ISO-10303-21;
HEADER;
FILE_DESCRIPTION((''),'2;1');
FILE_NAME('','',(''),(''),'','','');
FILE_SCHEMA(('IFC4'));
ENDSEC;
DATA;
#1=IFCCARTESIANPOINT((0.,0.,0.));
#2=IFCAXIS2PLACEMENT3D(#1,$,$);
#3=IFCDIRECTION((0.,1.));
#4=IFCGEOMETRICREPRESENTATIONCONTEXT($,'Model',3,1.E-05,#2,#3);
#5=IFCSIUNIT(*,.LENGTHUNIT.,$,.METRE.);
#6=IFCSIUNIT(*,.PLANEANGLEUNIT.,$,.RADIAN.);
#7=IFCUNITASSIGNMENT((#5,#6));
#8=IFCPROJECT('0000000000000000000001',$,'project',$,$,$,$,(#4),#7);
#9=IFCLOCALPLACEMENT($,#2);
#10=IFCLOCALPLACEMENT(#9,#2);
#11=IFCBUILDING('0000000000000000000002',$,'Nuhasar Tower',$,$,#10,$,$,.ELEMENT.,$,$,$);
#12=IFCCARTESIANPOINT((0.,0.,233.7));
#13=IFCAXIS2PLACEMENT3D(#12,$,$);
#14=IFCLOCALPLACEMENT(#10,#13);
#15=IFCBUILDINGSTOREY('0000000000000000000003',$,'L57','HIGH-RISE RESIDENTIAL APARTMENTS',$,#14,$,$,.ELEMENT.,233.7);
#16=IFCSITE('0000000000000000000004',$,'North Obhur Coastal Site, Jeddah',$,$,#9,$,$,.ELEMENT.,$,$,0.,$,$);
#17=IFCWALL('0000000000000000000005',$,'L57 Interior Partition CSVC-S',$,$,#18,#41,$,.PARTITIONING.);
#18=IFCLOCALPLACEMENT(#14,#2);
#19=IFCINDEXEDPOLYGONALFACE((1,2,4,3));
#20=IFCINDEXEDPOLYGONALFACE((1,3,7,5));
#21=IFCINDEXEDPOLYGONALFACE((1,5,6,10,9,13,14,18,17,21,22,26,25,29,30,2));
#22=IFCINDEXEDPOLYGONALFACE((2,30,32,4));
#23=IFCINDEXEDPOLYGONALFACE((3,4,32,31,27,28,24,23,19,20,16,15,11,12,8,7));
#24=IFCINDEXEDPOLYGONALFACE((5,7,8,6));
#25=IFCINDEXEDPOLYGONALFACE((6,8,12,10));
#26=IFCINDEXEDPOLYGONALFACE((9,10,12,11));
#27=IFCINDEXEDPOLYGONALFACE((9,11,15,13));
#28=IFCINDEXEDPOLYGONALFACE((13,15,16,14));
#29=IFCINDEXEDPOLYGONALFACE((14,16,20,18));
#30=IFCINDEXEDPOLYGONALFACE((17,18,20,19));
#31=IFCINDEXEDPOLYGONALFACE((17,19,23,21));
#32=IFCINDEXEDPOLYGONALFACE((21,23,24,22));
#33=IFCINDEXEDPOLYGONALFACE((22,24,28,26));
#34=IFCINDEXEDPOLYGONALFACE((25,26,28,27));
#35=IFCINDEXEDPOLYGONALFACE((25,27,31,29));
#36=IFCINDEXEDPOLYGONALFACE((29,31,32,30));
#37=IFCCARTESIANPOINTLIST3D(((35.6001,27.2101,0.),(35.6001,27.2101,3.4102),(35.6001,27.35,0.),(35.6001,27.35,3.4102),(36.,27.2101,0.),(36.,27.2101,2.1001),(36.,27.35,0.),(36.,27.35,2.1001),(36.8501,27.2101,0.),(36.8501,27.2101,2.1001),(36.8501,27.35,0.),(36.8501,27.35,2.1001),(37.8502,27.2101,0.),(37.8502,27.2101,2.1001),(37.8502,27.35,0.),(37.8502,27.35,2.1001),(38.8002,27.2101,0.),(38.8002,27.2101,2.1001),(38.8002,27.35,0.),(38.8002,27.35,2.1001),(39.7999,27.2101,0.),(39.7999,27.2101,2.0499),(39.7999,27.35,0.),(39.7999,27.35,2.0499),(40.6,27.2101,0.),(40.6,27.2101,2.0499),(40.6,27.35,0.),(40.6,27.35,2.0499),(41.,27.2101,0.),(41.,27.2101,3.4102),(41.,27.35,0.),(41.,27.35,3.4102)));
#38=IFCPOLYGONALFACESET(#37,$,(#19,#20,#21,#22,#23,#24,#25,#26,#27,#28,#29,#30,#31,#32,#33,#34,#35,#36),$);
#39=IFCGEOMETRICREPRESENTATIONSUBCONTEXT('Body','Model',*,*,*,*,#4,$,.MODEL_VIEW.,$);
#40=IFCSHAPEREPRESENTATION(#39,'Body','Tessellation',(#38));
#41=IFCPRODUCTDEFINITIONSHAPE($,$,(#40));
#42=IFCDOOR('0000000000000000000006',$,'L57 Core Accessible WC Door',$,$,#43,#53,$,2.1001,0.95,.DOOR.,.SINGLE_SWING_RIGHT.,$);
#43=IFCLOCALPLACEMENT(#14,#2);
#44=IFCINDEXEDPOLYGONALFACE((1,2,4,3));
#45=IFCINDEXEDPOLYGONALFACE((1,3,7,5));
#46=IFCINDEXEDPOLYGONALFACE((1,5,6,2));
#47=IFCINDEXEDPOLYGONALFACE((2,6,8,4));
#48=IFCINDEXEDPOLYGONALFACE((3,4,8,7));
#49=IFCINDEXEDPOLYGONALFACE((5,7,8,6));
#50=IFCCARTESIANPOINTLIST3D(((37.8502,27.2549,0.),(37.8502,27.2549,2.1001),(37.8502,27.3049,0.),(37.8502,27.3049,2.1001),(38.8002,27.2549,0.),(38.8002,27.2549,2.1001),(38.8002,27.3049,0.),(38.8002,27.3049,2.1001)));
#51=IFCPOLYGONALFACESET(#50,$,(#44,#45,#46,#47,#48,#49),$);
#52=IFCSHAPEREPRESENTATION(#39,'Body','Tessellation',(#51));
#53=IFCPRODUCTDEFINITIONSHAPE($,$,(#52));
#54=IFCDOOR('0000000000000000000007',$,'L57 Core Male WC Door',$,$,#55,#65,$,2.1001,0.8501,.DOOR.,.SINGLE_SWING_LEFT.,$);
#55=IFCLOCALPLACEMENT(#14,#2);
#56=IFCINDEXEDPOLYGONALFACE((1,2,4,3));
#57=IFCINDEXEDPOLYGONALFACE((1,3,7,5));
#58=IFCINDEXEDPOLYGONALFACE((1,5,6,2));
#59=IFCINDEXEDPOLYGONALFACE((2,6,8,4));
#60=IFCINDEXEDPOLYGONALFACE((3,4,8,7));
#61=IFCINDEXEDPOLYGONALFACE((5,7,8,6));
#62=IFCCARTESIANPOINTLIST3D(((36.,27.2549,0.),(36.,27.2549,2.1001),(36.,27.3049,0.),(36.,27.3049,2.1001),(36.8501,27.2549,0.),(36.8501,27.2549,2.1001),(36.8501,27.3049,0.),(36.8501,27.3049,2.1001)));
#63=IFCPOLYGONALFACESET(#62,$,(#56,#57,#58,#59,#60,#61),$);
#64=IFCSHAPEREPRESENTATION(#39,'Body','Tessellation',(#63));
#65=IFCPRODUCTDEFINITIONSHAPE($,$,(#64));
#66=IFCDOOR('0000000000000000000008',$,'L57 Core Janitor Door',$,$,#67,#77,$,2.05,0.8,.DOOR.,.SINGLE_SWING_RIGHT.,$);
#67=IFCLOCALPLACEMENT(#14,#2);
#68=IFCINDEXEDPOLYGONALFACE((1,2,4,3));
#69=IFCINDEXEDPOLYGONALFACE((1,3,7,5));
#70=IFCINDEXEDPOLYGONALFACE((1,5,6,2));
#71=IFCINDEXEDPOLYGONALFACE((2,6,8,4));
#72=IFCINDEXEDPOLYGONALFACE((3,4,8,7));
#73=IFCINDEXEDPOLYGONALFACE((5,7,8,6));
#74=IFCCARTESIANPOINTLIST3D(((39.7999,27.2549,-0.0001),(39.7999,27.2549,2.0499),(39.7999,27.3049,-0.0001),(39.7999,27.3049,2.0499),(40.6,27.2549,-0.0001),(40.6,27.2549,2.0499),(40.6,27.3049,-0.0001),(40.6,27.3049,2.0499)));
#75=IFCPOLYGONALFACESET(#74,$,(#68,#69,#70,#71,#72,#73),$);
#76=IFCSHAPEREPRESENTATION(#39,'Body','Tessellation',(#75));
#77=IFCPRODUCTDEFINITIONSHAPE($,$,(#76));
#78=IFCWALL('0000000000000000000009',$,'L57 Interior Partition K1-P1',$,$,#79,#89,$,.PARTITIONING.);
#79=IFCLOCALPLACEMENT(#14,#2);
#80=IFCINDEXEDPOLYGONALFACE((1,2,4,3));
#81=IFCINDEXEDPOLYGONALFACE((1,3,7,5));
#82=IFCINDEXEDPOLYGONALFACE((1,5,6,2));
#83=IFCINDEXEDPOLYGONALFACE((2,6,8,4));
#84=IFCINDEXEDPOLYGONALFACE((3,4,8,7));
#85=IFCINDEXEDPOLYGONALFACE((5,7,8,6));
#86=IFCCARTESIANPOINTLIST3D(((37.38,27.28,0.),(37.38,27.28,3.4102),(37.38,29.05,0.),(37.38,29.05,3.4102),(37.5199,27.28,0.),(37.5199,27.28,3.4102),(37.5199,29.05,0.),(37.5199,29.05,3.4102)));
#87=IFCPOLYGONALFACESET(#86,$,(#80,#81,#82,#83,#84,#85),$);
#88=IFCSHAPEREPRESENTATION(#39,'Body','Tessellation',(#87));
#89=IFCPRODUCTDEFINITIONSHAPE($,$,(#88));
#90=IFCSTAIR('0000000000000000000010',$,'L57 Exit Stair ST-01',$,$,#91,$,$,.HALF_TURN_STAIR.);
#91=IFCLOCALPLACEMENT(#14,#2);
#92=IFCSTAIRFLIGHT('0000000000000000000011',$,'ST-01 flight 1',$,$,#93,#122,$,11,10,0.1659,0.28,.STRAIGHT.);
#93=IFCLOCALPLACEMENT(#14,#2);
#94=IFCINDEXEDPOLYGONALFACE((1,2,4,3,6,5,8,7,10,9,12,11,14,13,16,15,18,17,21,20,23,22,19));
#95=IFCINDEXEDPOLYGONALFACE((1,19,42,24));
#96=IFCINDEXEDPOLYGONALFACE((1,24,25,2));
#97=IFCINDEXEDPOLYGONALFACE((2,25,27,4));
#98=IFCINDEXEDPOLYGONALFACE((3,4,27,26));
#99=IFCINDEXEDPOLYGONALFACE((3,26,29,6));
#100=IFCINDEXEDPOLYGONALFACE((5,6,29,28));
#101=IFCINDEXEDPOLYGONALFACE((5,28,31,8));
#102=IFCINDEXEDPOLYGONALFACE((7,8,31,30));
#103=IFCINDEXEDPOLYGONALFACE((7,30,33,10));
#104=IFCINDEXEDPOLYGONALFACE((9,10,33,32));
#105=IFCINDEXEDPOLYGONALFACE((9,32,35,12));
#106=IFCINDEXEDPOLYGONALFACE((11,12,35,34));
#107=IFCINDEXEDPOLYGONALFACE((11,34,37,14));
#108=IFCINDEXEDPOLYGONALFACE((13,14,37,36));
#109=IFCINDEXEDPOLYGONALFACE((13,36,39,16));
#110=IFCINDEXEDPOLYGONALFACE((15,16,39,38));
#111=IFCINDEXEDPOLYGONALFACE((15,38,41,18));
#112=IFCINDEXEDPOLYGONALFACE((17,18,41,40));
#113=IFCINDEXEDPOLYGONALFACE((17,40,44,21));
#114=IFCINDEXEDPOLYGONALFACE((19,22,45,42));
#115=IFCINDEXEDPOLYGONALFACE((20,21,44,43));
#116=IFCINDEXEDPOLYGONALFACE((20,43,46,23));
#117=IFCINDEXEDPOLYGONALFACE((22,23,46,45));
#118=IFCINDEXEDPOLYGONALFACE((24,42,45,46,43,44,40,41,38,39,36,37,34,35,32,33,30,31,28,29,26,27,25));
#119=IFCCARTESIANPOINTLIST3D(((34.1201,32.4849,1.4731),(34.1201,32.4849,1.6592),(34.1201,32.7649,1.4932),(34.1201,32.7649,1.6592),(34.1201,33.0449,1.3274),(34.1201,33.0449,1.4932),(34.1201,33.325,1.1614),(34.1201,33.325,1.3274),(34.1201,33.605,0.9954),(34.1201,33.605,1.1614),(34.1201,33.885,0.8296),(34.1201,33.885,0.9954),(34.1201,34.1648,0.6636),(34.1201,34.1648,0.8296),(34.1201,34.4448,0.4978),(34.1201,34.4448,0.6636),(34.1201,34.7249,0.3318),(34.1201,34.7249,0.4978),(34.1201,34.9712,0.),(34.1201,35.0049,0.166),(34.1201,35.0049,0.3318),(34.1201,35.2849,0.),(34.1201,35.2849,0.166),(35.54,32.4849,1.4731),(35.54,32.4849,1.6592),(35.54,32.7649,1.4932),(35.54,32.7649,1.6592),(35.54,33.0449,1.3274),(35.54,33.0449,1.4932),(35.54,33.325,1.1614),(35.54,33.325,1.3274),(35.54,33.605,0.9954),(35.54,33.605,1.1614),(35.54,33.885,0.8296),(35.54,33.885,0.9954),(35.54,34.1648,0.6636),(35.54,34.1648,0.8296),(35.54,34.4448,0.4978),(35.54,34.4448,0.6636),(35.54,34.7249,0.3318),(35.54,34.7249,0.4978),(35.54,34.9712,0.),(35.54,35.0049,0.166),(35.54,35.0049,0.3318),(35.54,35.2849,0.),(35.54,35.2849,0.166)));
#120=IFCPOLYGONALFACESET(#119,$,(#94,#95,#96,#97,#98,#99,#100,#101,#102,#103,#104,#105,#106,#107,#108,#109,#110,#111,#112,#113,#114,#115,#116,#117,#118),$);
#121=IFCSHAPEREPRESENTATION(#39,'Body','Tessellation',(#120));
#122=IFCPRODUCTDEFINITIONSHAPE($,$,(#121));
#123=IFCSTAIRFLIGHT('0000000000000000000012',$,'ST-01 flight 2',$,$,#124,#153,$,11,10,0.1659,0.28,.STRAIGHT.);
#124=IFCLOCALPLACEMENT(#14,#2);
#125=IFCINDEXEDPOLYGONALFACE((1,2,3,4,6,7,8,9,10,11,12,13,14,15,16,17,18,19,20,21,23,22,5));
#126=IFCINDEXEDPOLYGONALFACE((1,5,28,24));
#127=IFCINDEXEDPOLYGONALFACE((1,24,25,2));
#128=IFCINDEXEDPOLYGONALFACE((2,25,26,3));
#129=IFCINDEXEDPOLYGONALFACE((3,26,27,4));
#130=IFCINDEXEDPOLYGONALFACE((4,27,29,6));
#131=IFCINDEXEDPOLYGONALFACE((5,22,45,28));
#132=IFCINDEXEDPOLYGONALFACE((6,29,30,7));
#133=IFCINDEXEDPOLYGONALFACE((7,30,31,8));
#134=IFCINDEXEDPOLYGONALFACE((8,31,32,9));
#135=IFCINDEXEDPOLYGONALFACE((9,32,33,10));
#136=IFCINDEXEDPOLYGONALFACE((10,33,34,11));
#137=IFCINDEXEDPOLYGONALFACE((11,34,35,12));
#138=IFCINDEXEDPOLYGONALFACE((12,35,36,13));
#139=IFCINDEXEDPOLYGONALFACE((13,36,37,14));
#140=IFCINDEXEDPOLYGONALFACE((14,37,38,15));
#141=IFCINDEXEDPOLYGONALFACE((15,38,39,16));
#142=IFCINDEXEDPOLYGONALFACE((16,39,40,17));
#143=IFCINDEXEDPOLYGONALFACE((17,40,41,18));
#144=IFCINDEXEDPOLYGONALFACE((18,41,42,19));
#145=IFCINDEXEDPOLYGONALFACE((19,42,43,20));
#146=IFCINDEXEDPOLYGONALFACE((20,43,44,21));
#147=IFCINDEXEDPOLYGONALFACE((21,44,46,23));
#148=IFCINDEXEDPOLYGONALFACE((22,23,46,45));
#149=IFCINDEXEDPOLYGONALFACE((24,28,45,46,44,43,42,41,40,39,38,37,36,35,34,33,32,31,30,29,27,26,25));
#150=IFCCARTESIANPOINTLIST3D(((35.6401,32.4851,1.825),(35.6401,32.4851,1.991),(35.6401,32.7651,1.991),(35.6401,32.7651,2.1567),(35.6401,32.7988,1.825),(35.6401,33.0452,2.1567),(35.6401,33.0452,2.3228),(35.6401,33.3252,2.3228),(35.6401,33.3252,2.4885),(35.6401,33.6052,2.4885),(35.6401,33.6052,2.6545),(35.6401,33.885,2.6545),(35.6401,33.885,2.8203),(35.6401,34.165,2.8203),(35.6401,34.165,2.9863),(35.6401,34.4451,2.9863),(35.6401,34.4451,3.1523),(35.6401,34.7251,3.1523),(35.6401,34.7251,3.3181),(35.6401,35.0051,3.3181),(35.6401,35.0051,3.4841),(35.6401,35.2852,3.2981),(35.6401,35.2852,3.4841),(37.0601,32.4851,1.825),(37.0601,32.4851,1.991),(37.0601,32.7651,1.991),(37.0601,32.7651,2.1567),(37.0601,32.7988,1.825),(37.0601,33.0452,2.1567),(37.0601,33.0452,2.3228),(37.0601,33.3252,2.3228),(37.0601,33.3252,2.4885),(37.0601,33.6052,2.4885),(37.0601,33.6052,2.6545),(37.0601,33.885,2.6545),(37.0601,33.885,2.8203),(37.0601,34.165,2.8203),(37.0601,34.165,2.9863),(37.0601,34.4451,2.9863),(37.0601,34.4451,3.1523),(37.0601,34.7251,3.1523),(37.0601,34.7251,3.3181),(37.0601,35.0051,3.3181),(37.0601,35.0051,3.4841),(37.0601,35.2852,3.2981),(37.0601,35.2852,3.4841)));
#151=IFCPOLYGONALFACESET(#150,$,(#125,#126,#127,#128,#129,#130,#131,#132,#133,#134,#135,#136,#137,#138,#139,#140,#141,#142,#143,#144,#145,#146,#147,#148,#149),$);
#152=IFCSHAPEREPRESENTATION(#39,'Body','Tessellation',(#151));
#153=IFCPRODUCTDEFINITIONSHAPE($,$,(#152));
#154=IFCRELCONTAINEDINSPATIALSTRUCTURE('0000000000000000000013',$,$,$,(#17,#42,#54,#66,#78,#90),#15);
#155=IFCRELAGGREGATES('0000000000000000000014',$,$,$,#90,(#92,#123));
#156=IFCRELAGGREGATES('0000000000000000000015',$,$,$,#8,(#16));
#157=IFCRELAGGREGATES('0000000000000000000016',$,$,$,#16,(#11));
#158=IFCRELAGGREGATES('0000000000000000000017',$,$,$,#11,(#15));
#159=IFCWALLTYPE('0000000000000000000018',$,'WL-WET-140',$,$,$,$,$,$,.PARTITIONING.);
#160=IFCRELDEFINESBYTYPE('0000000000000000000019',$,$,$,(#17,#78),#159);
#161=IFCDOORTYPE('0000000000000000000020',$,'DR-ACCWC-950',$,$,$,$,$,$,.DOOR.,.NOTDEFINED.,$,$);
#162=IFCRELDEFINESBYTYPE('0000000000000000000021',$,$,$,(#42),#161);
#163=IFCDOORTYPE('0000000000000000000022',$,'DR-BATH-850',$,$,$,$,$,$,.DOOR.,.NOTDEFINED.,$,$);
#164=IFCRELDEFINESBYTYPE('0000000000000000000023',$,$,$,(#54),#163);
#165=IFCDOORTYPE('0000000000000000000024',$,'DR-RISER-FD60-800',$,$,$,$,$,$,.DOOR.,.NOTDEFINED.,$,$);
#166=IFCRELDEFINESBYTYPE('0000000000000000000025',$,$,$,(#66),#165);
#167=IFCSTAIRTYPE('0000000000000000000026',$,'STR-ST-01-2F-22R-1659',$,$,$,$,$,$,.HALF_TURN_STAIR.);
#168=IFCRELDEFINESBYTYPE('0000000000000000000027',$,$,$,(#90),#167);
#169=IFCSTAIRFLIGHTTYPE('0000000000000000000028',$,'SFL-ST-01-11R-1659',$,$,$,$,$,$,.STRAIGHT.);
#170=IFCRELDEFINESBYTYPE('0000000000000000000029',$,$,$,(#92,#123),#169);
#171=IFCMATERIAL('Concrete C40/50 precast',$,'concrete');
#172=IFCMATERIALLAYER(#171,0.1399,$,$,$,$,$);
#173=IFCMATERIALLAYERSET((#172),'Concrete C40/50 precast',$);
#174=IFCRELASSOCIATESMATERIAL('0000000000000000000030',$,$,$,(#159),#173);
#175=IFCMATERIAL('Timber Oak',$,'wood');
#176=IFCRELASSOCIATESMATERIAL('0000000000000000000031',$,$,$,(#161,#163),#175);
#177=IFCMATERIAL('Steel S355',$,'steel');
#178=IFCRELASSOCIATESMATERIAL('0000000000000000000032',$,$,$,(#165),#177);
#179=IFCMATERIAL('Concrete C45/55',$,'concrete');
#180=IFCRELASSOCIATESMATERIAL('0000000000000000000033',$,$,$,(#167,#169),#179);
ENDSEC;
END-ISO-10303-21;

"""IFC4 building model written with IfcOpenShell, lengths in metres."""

from ifc_helpers import new_model, si_unit, direction, frame, frame_2d, origin, place, context, subcontext, project, spatial, polyline, rectangle, outline, extrude, material, layer, layer_set, type_object, element, fill, aggregate, save


model = new_model("IFC4")

# Units and contexts
model_context = context("Model", 3, precision=1e-05, world=origin(), true_north=direction((0.0, 1.0)))
body_context = subcontext(model_context, "Body", "Model", "MODEL_VIEW")
ifc_project = project(units=[si_unit("LENGTHUNIT", "METRE"), si_unit("PLANEANGLEUNIT", "RADIAN")], contexts=[model_context])

# Site, building, storey
site_placement = place(None, origin())
site = spatial("IfcSite", under=ifc_project, at=site_placement, Name="North Obhur Coastal Site, Jeddah", CompositionType="ELEMENT", RefElevation=0.0)
building_placement = place(site_placement, origin())
building = spatial("IfcBuilding", under=site, at=building_placement, Name="Nuhasar Tower", CompositionType="ELEMENT")
storey_placement = place(building_placement, frame((0.0, 0.0, 233.7)))
storey = spatial("IfcBuildingStorey", under=building, at=storey_placement, Name="L57", Description="HIGH-RISE RESIDENTIAL APARTMENTS", CompositionType="ELEMENT", Elevation=233.7)

# Shared definitions
ifc_material_1 = material(Name="Steel S355", Category="steel")

# Shared definitions
ifc_material_2 = material(Name="Concrete C40/50 precast", Category="concrete")
ifc_layer_1 = layer(ifc_material_2, 0.1399)
ifc_layer_set_1 = layer_set([ifc_layer_1], Name="Concrete C40/50 precast")
wall_type_1 = type_object("IfcWallType", Name="WL-WET-140", PredefinedType="PARTITIONING", material=ifc_layer_set_1)

# Wall, openings, doors
wall_1_placement = place(storey_placement, frame((35.6001, 27.28, 0.0), z_axis=(0.0, 0.0, 1.0), x_axis=(1.0, 0.0, 0.0)))
wall_1 = element("IfcWall", 1, at=wall_1_placement, inside=storey, type_object=wall_type_1, Name="L57 Interior Partition CSVC-S", PredefinedType="PARTITIONING", context=body_context, shape_type="SweptSolid", body=[
    extrude(rectangle(XDim=5.3999, YDim=0.1399, at=frame_2d((2.7, 0.0))), origin(), (0.0, 0.0, 1.0), 3.4102),
])
opening_1_placement = place(wall_1_placement, frame((0.3999, 0.0, 0.0)))
opening_1 = element("IfcOpeningElement", 2, at=opening_1_placement, cuts=wall_1, PredefinedType="OPENING", context=body_context, shape_type="SweptSolid", body=[
    extrude(rectangle(XDim=0.8501, YDim=2.1001, at=frame_2d((0.425, 1.05))), frame((0.0, 0.0801, 0.0), z_axis=(0.0, -1.0, 0.0), x_axis=(1.0, 0.0, 0.0)), (0.0, 0.0, 1.0), 0.1599),
])
opening_2_placement = place(wall_1_placement, frame((2.25, 0.0, 0.0)))
opening_2 = element("IfcOpeningElement", 3, at=opening_2_placement, cuts=wall_1, PredefinedType="OPENING", context=body_context, shape_type="SweptSolid", body=[
    extrude(rectangle(XDim=0.95, YDim=2.1001, at=frame_2d((0.4751, 1.05))), frame((0.0, 0.0801, 0.0), z_axis=(0.0, -1.0, 0.0), x_axis=(1.0, 0.0, 0.0)), (0.0, 0.0, 1.0), 0.1599),
])
opening_3_placement = place(wall_1_placement, frame((4.2, 0.0, 0.0)))
opening_3 = element("IfcOpeningElement", 4, at=opening_3_placement, cuts=wall_1, PredefinedType="OPENING", context=body_context, shape_type="SweptSolid", body=[
    extrude(rectangle(XDim=0.8, YDim=2.05, at=frame_2d((0.3999, 1.0249))), frame((0.0, 0.0801, 0.0), z_axis=(0.0, -1.0, 0.0), x_axis=(1.0, 0.0, 0.0)), (0.0, 0.0, 1.0), 0.1599),
])
ifc_material_3 = material(Name="Timber Oak", Category="wood")
door_type_1 = type_object("IfcDoorType", Name="DR-ACCWC-950", OperationType="NOTDEFINED", PredefinedType="DOOR", material=ifc_material_3)
door_1_placement = place(opening_2_placement, origin())
door_1 = element("IfcDoor", 5, at=door_1_placement, inside=storey, type_object=door_type_1, Name="L57 Core Accessible WC Door", OperationType="SINGLE_SWING_RIGHT", OverallHeight=2.1001, OverallWidth=0.95, PredefinedType="DOOR", context=body_context, shape_type="SweptSolid", body=[
    extrude(rectangle(XDim=0.95, YDim=2.1001, at=frame_2d((0.4751, 1.05))), frame((0.0, 0.0249, 0.0), z_axis=(0.0, -1.0, 0.0), x_axis=(1.0, 0.0, 0.0)), (0.0, 0.0, 1.0), 0.05),
])
fill(opening_2, door_1)
door_type_2 = type_object("IfcDoorType", Name="DR-BATH-850", OperationType="NOTDEFINED", PredefinedType="DOOR", material=ifc_material_3)
door_2_placement = place(opening_1_placement, origin())
door_2 = element("IfcDoor", 6, at=door_2_placement, inside=storey, type_object=door_type_2, Name="L57 Core Male WC Door", OperationType="SINGLE_SWING_LEFT", OverallHeight=2.1001, OverallWidth=0.8501, PredefinedType="DOOR", context=body_context, shape_type="SweptSolid", body=[
    extrude(rectangle(XDim=0.8501, YDim=2.1001, at=frame_2d((0.425, 1.05))), frame((0.0, 0.0249, 0.0), z_axis=(0.0, -1.0, 0.0), x_axis=(1.0, 0.0, 0.0)), (0.0, 0.0, 1.0), 0.05),
])
fill(opening_1, door_2)
door_type_3 = type_object("IfcDoorType", Name="DR-RISER-FD60-800", OperationType="NOTDEFINED", PredefinedType="DOOR", material=ifc_material_1)
door_3_placement = place(opening_3_placement, origin())
door_3 = element("IfcDoor", 7, at=door_3_placement, inside=storey, type_object=door_type_3, Name="L57 Core Janitor Door", OperationType="SINGLE_SWING_RIGHT", OverallHeight=2.05, OverallWidth=0.8, PredefinedType="DOOR", context=body_context, shape_type="SweptSolid", body=[
    extrude(rectangle(XDim=0.8, YDim=2.05, at=frame_2d((0.3999, 1.0249))), frame((0.0, 0.0249, 0.0), z_axis=(0.0, -1.0, 0.0), x_axis=(1.0, 0.0, 0.0)), (0.0, 0.0, 1.0), 0.05),
])
fill(opening_3, door_3)

# Wall
wall_2_placement = place(storey_placement, frame((37.45, 27.28, 0.0), z_axis=(0.0, 0.0, 1.0), x_axis=(0.0, 1.0, 0.0)))
element("IfcWall", 8, at=wall_2_placement, inside=storey, type_object=wall_type_1, Name="L57 Interior Partition K1-P1", PredefinedType="PARTITIONING", context=body_context, shape_type="SweptSolid", body=[
    extrude(rectangle(XDim=1.77, YDim=0.1399, at=frame_2d((0.885, 0.0))), origin(), (0.0, 0.0, 1.0), 3.4102),
])

# Stair, stair flights
ifc_material_4 = material(Name="Concrete C45/55", Category="concrete")
stair_type_1 = type_object("IfcStairType", Name="STR-ST-01-2F-22R-1659", PredefinedType="HALF_TURN_STAIR", material=ifc_material_4)
stair_1_placement = place(storey_placement, origin())
stair_1 = element("IfcStair", 9, at=stair_1_placement, inside=storey, type_object=stair_type_1, Name="L57 Exit Stair ST-01", PredefinedType="HALF_TURN_STAIR")
stair_flight_type_1 = type_object("IfcStairFlightType", Name="SFL-ST-01-11R-1659", PredefinedType="STRAIGHT", material=ifc_material_4)
stair_flight_1_placement = place(storey_placement, frame((34.8301, 35.2849, 0.0), z_axis=(0.0, 0.0, 1.0), x_axis=(0.0, -1.0, 0.0)))
stair_flight_1 = element("IfcStairFlight", 10, at=stair_flight_1_placement, type_object=stair_flight_type_1, Name="ST-01 flight 1", NumberOfRisers=11, NumberOfTreads=10, PredefinedType="STRAIGHT", RiserHeight=0.1659, TreadLength=0.28, context=body_context, shape_type="SweptSolid", body=[
    extrude(outline(polyline([(0.0, 0.0), (0.0, 0.166), (0.28, 0.166), (0.28, 0.3318), (0.5601, 0.3318), (0.5601, 0.4978), (0.8401, 0.4978), (0.8401, 0.6636), (1.1201, 0.6636), (1.1201, 0.8296), (1.3999, 0.8296), (1.3999, 0.9954), (1.6799, 0.9954), (1.6799, 1.1614), (1.96, 1.1614), (1.96, 1.3274), (2.24, 1.3274), (2.24, 1.4932), (2.52, 1.4932), (2.52, 1.6592), (2.8, 1.6592), (2.8, 1.825), (2.8, 1.4731), (0.3137, 0.0), (0.0, 0.0)])), frame((0.0, 0.71, 0.0), z_axis=(0.0, -1.0, 0.0), x_axis=(1.0, 0.0, 0.0)), (0.0, 0.0, 1.0), 1.4199),
])
stair_flight_2_placement = place(storey_placement, frame((36.3501, 32.4851, 1.825), z_axis=(0.0, 0.0, 1.0), x_axis=(0.0, 1.0, 0.0)))
stair_flight_2 = element("IfcStairFlight", 11, at=stair_flight_2_placement, type_object=stair_flight_type_1, Name="ST-01 flight 2", NumberOfRisers=11, NumberOfTreads=10, PredefinedType="STRAIGHT", RiserHeight=0.1659, TreadLength=0.28, context=body_context, shape_type="SweptSolid", body=[
    extrude(outline(polyline([(0.0, 0.0), (0.0, 0.166), (0.28, 0.166), (0.28, 0.3318), (0.5601, 0.3318), (0.5601, 0.4978), (0.8401, 0.4978), (0.8401, 0.6636), (1.1201, 0.6636), (1.1201, 0.8296), (1.3999, 0.8296), (1.3999, 0.9954), (1.6799, 0.9954), (1.6799, 1.1614), (1.96, 1.1614), (1.96, 1.3274), (2.24, 1.3274), (2.24, 1.4932), (2.52, 1.4932), (2.52, 1.6592), (2.8, 1.6592), (2.8, 1.825), (2.8, 1.4731), (0.3137, 0.0), (0.0, 0.0)])), frame((0.0, 0.71, 0.0), z_axis=(0.0, -1.0, 0.0), x_axis=(1.0, 0.0, 0.0)), (0.0, 0.0, 1.0), 1.4199),
])
aggregate(stair_1, [stair_flight_1, stair_flight_2])

save(model, "model.ifc")
